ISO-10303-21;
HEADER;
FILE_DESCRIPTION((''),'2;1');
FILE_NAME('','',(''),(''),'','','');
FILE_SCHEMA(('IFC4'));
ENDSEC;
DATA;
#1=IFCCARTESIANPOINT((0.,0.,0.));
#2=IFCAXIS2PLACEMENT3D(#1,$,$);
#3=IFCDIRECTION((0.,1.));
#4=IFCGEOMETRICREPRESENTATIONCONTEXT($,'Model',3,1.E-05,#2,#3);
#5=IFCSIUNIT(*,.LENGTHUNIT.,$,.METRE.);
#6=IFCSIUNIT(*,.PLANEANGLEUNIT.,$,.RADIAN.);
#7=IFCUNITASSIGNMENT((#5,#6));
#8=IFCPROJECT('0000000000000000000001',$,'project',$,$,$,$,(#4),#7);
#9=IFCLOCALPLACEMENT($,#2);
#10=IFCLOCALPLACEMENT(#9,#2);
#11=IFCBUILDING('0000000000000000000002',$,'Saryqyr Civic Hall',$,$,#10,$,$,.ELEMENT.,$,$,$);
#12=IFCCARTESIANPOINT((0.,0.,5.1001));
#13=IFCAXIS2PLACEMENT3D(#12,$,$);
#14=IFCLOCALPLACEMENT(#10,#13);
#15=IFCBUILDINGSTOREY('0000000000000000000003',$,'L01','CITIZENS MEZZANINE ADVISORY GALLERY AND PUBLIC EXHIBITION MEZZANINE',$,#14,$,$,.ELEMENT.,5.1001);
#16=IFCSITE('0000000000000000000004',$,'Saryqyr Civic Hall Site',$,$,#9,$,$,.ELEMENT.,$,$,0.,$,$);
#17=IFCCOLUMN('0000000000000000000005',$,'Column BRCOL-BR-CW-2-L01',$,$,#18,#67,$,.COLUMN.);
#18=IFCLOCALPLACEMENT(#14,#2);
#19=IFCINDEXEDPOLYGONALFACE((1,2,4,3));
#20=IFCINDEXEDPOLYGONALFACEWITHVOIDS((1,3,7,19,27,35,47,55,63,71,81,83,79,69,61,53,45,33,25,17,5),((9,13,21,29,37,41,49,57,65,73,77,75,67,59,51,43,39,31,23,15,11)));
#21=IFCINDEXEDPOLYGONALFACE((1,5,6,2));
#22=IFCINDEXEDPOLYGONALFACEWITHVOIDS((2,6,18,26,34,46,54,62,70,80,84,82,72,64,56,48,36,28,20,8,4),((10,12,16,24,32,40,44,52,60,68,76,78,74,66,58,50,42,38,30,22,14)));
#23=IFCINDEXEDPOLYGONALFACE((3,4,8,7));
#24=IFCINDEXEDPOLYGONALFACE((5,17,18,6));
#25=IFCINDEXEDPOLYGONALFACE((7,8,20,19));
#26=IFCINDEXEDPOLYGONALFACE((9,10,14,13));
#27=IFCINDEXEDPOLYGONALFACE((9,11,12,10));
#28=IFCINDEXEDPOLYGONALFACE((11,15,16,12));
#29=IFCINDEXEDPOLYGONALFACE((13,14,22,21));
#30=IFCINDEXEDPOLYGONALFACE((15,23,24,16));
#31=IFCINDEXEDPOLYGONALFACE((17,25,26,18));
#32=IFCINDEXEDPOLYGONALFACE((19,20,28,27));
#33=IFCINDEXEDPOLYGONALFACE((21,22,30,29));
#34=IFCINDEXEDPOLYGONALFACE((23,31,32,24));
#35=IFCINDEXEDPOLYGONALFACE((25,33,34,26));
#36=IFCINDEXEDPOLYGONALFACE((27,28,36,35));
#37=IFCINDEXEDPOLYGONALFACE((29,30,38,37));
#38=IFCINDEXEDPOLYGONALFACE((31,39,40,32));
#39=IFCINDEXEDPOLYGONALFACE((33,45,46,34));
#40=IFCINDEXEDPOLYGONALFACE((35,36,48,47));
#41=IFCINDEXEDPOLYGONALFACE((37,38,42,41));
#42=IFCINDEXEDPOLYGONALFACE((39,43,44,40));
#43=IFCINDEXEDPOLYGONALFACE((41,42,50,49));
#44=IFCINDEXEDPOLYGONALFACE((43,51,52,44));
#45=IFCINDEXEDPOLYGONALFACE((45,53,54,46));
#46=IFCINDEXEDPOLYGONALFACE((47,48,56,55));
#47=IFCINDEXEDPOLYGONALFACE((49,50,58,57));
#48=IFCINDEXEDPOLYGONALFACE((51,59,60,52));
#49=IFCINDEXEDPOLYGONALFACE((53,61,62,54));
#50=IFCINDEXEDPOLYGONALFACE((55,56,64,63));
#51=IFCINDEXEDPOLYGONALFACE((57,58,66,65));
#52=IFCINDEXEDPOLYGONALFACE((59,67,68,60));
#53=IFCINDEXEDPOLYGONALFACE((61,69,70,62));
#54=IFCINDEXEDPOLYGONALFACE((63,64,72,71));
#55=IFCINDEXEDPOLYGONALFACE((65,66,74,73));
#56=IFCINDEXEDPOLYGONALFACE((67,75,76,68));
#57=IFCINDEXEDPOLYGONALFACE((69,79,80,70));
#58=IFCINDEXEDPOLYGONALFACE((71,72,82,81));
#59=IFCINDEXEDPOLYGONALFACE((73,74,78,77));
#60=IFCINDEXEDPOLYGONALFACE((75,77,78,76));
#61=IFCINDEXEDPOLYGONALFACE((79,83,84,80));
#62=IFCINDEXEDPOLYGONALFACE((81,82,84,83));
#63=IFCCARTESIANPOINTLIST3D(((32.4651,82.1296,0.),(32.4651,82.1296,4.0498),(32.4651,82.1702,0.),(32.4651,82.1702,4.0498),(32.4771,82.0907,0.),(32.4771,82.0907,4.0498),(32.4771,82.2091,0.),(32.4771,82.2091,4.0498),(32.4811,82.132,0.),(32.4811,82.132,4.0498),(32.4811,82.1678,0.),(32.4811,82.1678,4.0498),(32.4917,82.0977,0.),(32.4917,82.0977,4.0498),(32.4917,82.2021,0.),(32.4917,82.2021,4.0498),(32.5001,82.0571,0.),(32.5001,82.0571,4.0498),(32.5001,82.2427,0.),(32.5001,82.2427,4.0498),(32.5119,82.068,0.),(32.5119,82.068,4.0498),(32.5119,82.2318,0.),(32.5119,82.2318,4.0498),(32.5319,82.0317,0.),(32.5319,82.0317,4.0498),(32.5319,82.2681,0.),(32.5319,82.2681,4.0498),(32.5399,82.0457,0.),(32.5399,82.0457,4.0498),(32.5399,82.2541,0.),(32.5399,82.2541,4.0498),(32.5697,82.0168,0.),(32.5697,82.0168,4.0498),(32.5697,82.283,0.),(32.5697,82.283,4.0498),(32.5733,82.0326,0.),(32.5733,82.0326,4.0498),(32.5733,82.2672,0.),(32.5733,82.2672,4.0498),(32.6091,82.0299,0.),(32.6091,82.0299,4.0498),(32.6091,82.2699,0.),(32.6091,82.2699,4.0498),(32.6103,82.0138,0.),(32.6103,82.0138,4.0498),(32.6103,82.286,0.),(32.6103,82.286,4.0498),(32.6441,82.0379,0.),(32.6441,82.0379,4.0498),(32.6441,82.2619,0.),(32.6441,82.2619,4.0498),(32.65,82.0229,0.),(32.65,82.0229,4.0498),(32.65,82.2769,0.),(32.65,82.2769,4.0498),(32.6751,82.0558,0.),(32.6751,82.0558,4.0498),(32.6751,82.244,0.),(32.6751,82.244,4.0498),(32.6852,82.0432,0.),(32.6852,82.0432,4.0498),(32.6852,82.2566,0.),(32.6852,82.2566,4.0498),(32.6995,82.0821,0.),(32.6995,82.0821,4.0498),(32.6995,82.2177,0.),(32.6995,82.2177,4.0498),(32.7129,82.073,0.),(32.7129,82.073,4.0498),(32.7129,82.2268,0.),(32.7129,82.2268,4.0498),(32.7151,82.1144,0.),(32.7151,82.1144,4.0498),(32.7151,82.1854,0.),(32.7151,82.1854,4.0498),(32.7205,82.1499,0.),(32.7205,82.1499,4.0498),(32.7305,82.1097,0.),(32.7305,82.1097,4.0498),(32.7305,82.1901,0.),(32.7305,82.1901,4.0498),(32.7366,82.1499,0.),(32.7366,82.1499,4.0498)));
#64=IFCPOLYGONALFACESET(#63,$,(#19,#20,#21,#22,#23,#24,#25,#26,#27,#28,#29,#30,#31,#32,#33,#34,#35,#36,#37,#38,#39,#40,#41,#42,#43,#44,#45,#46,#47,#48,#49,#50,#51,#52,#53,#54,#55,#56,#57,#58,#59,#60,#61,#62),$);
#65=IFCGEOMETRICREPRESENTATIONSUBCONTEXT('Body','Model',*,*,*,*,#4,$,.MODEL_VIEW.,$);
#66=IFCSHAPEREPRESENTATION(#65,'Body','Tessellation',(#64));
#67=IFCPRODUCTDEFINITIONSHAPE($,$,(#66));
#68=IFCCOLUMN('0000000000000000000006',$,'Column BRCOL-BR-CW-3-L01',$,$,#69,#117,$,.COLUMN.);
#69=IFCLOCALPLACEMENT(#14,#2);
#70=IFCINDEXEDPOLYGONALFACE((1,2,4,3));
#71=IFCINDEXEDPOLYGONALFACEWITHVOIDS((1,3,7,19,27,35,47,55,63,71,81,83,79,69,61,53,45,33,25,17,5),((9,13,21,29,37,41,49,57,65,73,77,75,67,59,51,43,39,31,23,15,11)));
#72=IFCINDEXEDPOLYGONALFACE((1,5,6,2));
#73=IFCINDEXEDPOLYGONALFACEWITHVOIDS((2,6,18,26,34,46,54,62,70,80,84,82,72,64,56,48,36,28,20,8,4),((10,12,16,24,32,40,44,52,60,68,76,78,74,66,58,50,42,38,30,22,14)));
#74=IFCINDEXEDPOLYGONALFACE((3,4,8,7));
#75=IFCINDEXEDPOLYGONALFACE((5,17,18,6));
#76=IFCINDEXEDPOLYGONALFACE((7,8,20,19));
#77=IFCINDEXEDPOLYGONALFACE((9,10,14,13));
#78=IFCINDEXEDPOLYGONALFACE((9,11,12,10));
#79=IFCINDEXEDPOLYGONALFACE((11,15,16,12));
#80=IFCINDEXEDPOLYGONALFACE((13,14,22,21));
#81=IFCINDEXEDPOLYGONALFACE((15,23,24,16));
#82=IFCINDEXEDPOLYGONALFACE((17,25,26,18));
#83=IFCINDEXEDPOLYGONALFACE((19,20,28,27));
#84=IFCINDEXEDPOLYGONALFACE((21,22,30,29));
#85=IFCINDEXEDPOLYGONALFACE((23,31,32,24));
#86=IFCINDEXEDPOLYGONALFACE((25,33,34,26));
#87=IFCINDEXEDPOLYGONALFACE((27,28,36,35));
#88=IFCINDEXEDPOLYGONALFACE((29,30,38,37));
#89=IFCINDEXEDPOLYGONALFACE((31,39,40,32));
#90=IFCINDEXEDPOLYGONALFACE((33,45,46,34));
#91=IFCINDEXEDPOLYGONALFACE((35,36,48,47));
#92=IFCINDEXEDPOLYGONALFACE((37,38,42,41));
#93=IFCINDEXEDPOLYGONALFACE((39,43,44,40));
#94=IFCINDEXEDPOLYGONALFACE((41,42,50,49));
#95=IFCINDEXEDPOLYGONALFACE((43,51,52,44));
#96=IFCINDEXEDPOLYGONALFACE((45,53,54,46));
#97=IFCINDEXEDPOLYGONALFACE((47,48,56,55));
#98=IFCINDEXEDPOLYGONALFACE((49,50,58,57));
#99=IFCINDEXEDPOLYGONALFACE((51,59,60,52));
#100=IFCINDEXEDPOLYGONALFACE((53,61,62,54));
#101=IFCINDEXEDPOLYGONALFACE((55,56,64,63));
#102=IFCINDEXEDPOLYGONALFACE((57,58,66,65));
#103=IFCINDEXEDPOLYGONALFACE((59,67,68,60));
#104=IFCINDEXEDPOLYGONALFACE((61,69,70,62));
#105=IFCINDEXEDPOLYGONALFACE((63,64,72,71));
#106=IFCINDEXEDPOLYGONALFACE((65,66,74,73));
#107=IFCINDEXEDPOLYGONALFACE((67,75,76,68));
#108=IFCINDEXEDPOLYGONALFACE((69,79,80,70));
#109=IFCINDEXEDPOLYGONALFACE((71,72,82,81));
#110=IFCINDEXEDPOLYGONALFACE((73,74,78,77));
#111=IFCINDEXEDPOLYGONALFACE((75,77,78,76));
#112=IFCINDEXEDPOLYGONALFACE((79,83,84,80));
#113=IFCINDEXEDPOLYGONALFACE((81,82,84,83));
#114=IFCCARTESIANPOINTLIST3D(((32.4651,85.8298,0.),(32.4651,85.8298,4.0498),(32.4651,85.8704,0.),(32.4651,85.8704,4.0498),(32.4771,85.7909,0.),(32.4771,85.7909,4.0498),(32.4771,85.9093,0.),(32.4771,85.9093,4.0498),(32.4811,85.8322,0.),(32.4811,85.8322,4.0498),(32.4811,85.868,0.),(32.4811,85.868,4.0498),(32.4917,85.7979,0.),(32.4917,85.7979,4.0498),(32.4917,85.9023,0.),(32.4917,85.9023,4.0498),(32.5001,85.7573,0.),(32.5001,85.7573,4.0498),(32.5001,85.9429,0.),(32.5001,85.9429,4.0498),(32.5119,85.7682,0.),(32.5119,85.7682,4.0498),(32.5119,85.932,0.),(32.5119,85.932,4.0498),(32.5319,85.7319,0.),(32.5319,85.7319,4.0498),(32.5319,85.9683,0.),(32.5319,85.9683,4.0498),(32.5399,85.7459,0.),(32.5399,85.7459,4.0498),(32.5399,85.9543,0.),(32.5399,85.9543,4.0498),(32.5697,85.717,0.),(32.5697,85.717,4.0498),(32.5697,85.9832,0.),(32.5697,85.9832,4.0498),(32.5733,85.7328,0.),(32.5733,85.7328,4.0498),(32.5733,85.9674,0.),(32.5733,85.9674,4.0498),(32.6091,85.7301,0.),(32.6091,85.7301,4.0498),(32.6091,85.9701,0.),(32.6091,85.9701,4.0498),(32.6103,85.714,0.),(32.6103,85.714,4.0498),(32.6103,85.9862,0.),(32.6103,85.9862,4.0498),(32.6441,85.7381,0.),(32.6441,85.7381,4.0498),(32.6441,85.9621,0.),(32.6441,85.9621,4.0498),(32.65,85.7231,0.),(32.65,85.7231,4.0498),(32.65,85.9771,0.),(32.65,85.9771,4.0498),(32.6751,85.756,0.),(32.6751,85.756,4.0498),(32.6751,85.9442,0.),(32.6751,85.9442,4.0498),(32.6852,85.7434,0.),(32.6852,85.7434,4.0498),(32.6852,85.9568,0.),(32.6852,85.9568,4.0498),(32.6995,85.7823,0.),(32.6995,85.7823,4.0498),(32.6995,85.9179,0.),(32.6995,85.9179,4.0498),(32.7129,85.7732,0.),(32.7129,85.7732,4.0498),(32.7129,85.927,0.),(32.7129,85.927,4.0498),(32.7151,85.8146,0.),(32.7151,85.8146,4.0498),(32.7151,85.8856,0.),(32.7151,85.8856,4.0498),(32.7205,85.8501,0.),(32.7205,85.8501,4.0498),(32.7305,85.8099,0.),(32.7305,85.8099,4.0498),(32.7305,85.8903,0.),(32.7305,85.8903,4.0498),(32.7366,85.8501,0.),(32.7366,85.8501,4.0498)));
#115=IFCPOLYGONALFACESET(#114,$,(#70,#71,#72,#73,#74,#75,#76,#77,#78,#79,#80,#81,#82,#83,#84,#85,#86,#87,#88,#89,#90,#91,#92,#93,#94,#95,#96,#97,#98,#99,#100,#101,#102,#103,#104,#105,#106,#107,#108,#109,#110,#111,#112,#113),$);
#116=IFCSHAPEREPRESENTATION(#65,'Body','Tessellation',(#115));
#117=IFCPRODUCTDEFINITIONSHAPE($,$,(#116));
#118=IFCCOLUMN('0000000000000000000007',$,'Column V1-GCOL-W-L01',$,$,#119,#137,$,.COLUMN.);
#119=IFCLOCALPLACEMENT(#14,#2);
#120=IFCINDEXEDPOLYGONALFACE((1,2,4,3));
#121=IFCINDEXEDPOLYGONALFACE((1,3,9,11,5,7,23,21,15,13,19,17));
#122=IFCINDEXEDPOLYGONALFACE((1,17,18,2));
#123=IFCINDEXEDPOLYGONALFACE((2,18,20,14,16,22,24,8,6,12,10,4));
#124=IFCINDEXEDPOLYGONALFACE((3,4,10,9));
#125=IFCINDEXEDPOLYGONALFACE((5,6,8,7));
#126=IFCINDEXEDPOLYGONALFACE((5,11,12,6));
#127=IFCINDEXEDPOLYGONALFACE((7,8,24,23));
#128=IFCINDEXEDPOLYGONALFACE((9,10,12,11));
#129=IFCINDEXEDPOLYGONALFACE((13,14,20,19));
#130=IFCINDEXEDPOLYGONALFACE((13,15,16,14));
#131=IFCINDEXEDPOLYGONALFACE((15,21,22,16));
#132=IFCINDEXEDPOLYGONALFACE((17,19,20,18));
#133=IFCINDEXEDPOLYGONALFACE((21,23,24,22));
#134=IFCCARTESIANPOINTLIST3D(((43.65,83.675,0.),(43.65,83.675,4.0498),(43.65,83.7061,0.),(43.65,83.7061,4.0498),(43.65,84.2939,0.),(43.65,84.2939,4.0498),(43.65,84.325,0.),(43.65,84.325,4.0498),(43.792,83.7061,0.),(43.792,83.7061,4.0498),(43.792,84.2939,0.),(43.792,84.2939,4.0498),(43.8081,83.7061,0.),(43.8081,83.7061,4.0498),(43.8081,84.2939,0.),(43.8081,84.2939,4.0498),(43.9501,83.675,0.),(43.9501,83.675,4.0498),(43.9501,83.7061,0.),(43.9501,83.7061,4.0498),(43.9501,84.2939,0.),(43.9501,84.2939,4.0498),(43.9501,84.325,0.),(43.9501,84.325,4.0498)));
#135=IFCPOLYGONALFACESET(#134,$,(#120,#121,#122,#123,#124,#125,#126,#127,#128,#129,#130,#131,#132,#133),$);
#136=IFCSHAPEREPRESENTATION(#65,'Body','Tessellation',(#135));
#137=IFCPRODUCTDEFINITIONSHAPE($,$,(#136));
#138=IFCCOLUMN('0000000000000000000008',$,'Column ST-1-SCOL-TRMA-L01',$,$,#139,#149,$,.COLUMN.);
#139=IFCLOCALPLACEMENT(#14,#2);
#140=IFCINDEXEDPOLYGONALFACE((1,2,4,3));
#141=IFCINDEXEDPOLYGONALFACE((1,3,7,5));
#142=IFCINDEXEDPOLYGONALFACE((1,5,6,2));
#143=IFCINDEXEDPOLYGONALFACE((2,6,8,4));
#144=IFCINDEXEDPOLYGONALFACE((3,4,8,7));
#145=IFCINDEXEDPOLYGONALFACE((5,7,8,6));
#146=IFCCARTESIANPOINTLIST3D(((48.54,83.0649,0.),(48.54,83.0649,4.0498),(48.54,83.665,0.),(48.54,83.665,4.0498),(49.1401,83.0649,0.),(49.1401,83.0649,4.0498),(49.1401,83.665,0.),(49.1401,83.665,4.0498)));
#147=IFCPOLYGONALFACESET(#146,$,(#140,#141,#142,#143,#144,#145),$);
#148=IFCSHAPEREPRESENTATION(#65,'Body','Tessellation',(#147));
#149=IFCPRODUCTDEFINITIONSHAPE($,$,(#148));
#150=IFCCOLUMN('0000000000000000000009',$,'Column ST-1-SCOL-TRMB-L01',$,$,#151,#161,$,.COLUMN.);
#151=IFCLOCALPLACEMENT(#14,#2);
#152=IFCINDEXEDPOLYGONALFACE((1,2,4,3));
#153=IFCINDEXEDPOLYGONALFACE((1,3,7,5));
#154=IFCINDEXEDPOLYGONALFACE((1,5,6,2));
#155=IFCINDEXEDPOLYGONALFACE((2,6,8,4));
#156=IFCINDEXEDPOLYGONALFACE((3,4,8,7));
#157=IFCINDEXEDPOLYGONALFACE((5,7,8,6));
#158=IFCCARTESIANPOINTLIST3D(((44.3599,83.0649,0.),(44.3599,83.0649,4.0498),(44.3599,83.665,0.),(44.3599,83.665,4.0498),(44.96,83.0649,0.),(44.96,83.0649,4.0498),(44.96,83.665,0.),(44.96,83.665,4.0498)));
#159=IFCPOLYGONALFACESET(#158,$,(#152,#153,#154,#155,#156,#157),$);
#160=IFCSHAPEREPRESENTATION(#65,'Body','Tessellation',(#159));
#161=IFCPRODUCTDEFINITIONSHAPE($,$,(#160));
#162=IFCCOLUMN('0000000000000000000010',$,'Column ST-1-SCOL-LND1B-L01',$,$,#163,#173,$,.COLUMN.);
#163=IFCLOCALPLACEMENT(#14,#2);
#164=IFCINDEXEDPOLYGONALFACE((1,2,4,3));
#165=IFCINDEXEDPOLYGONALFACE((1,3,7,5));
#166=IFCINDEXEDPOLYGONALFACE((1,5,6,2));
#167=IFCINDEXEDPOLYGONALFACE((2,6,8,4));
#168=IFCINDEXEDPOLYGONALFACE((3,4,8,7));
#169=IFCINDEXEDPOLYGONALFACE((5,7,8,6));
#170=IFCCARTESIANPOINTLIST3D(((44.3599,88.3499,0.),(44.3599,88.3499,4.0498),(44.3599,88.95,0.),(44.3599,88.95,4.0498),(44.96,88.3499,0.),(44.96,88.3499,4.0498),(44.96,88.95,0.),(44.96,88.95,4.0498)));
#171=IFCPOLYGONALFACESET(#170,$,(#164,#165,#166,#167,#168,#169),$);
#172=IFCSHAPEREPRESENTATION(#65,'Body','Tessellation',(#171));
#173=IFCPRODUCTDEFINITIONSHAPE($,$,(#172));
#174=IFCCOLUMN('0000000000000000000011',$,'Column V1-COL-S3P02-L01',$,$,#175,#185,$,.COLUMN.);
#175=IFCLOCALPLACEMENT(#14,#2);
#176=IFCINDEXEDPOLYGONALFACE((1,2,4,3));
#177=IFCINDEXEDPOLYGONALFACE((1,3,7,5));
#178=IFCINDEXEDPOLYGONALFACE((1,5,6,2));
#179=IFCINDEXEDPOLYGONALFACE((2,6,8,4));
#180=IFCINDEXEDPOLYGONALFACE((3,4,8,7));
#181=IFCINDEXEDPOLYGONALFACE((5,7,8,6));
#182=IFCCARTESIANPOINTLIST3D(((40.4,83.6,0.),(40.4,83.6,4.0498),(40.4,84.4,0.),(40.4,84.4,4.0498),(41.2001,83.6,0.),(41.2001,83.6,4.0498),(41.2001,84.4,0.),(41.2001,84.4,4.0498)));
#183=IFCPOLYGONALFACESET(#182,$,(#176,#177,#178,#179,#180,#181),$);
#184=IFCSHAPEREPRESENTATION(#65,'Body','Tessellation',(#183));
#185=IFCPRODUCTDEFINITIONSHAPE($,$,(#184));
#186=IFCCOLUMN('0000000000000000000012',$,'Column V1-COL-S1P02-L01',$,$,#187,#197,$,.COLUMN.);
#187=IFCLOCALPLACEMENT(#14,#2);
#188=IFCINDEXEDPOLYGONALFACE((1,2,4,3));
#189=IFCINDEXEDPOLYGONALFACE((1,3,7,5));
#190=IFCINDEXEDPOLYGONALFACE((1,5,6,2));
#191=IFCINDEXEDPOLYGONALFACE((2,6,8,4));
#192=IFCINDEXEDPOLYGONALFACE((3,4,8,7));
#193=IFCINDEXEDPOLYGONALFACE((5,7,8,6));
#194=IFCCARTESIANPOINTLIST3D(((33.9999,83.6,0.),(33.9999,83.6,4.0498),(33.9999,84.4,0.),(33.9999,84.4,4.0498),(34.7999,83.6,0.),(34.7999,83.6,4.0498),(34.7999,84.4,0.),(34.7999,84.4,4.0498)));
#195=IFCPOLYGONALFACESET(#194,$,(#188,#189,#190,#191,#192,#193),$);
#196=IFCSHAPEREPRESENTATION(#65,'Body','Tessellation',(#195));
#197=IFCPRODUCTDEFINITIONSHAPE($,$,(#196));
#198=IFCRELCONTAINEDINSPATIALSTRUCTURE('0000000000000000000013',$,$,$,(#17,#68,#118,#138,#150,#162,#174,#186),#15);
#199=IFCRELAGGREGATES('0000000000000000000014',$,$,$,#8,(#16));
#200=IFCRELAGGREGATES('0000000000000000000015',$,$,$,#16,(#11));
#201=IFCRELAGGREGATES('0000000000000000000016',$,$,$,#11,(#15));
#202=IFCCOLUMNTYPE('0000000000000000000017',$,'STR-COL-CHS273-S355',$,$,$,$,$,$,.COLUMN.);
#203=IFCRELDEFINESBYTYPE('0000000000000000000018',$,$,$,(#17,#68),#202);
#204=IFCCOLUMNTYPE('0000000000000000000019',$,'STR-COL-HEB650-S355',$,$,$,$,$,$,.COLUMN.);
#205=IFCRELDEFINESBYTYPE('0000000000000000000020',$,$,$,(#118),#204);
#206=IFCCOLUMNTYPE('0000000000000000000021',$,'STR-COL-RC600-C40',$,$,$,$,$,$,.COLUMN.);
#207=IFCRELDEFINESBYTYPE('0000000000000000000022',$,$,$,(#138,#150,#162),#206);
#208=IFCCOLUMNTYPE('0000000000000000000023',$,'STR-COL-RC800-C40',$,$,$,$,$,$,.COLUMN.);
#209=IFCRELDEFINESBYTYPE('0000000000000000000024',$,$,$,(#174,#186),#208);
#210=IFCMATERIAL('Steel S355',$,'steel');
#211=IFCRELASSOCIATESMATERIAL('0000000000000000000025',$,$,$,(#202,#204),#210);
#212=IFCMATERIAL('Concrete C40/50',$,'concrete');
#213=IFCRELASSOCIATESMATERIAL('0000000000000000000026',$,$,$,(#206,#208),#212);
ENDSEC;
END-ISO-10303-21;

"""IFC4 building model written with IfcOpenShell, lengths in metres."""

from ifc_helpers import new_model, si_unit, direction, frame, origin, origin_2d, place, context, subcontext, project, spatial, rectangle, hollow_circle, i_section, extrude, material, material_profile, profile_set, type_object, element, save


model = new_model("IFC4")

# Units and contexts
model_context = context("Model", 3, precision=1e-05, world=origin(), true_north=direction((0.0, 1.0)))
body_context = subcontext(model_context, "Body", "Model", "MODEL_VIEW")
ifc_project = project(units=[si_unit("LENGTHUNIT", "METRE"), si_unit("PLANEANGLEUNIT", "RADIAN")], contexts=[model_context])

# Site, building, storey
site_placement = place(None, origin())
site = spatial("IfcSite", under=ifc_project, at=site_placement, Name="Saryqyr Civic Hall Site", CompositionType="ELEMENT", RefElevation=0.0)
building_placement = place(site_placement, origin())
building = spatial("IfcBuilding", under=site, at=building_placement, Name="Saryqyr Civic Hall", CompositionType="ELEMENT")
storey_placement = place(building_placement, frame((0.0, 0.0, 5.1001)))
storey = spatial("IfcBuildingStorey", under=building, at=storey_placement, Name="L01", Description="CITIZENS MEZZANINE ADVISORY GALLERY AND PUBLIC EXHIBITION MEZZANINE", CompositionType="ELEMENT", Elevation=5.1001)

# Columns
ifc_material_1 = material(Name="Steel S355", Category="steel")
ifc_material_profile_1 = material_profile(ifc_material_1, hollow_circle(Radius=0.1365, WallThickness=0.0161, at=origin_2d()), Name="CHS 273x16")
ifc_profile_set_1 = profile_set([ifc_material_profile_1], Name="Steel S355")
column_type_1 = type_object("IfcColumnType", Name="STR-COL-CHS273-S355", PredefinedType="COLUMN", material=ifc_profile_set_1)
for number, where, z_axis, x_axis, name in (
    (1, (32.6001, 82.1499, 0.0), (0.0, 0.0, 1.0), (1.0, 0.0, 0.0), "Column BRCOL-BR-CW-2-L01"),
    (2, (32.6001, 85.8501, 0.0), (0.0, 0.0, 1.0), (1.0, 0.0, 0.0), "Column BRCOL-BR-CW-3-L01"),
):
    element("IfcColumn", number, at=place(storey_placement, frame(where, z_axis=z_axis, x_axis=x_axis)), inside=storey, type_object=column_type_1, Name=name, PredefinedType="COLUMN", context=body_context, shape_type="SweptSolid", body=[
        extrude(hollow_circle(Radius=0.1365, WallThickness=0.0161, at=origin_2d()), origin(), (0.0, 0.0, 1.0), 4.0498),
    ])
ifc_material_profile_2 = material_profile(ifc_material_1, i_section(OverallWidth=0.3, OverallDepth=0.6499, WebThickness=0.0161, FlangeThickness=0.031, at=origin_2d()), Name="HEB 650")
ifc_profile_set_2 = profile_set([ifc_material_profile_2], Name="Steel S355")
column_type_2 = type_object("IfcColumnType", Name="STR-COL-HEB650-S355", PredefinedType="COLUMN", material=ifc_profile_set_2)
column_placement = place(storey_placement, frame((43.8, 84.0, 0.0), z_axis=(0.0, 0.0, 1.0), x_axis=(1.0, 0.0, 0.0)))
element("IfcColumn", 3, at=column_placement, inside=storey, type_object=column_type_2, Name="Column V1-GCOL-W-L01", PredefinedType="COLUMN", context=body_context, shape_type="SweptSolid", body=[
    extrude(i_section(OverallWidth=0.3, OverallDepth=0.6499, WebThickness=0.0161, FlangeThickness=0.031, at=origin_2d()), origin(), (0.0, 0.0, 1.0), 4.0498),
])
ifc_material_2 = material(Name="Concrete C40/50", Category="concrete")
ifc_material_profile_3 = material_profile(ifc_material_2, rectangle(XDim=0.6001, YDim=0.6001, at=origin_2d()), Name="RC 600x600")
ifc_profile_set_3 = profile_set([ifc_material_profile_3], Name="Concrete C40/50")
column_type_3 = type_object("IfcColumnType", Name="STR-COL-RC600-C40", PredefinedType="COLUMN", material=ifc_profile_set_3)
for number, where, z_axis, x_axis, name in (
    (4, (48.8401, 83.365, 0.0), (0.0, 0.0, 1.0), (1.0, 0.0, 0.0), "Column ST-1-SCOL-TRMA-L01"),
    (5, (44.6599, 83.365, 0.0), (0.0, 0.0, 1.0), (1.0, 0.0, 0.0), "Column ST-1-SCOL-TRMB-L01"),
    (6, (44.6599, 88.6499, 0.0), (0.0, 0.0, 1.0), (1.0, 0.0, 0.0), "Column ST-1-SCOL-LND1B-L01"),
):
    element("IfcColumn", number, at=place(storey_placement, frame(where, z_axis=z_axis, x_axis=x_axis)), inside=storey, type_object=column_type_3, Name=name, PredefinedType="COLUMN", context=body_context, shape_type="SweptSolid", body=[
        extrude(rectangle(XDim=0.6001, YDim=0.6001, at=origin_2d()), origin(), (0.0, 0.0, 1.0), 4.0498),
    ])
ifc_material_profile_4 = material_profile(ifc_material_2, rectangle(XDim=0.8, YDim=0.8, at=origin_2d()), Name="RC 800x800")
ifc_profile_set_4 = profile_set([ifc_material_profile_4], Name="Concrete C40/50")
column_type_4 = type_object("IfcColumnType", Name="STR-COL-RC800-C40", PredefinedType="COLUMN", material=ifc_profile_set_4)
for number, where, z_axis, x_axis, name in (
    (7, (40.8, 84.0, 0.0), (0.0, 0.0, 1.0), (1.0, 0.0, 0.0), "Column V1-COL-S3P02-L01"),
    (8, (34.3999, 84.0, 0.0), (0.0, 0.0, 1.0), (1.0, 0.0, 0.0), "Column V1-COL-S1P02-L01"),
):
    element("IfcColumn", number, at=place(storey_placement, frame(where, z_axis=z_axis, x_axis=x_axis)), inside=storey, type_object=column_type_4, Name=name, PredefinedType="COLUMN", context=body_context, shape_type="SweptSolid", body=[
        extrude(rectangle(XDim=0.8, YDim=0.8, at=origin_2d()), origin(), (0.0, 0.0, 1.0), 4.0498),
    ])

save(model, "model.ifc")
